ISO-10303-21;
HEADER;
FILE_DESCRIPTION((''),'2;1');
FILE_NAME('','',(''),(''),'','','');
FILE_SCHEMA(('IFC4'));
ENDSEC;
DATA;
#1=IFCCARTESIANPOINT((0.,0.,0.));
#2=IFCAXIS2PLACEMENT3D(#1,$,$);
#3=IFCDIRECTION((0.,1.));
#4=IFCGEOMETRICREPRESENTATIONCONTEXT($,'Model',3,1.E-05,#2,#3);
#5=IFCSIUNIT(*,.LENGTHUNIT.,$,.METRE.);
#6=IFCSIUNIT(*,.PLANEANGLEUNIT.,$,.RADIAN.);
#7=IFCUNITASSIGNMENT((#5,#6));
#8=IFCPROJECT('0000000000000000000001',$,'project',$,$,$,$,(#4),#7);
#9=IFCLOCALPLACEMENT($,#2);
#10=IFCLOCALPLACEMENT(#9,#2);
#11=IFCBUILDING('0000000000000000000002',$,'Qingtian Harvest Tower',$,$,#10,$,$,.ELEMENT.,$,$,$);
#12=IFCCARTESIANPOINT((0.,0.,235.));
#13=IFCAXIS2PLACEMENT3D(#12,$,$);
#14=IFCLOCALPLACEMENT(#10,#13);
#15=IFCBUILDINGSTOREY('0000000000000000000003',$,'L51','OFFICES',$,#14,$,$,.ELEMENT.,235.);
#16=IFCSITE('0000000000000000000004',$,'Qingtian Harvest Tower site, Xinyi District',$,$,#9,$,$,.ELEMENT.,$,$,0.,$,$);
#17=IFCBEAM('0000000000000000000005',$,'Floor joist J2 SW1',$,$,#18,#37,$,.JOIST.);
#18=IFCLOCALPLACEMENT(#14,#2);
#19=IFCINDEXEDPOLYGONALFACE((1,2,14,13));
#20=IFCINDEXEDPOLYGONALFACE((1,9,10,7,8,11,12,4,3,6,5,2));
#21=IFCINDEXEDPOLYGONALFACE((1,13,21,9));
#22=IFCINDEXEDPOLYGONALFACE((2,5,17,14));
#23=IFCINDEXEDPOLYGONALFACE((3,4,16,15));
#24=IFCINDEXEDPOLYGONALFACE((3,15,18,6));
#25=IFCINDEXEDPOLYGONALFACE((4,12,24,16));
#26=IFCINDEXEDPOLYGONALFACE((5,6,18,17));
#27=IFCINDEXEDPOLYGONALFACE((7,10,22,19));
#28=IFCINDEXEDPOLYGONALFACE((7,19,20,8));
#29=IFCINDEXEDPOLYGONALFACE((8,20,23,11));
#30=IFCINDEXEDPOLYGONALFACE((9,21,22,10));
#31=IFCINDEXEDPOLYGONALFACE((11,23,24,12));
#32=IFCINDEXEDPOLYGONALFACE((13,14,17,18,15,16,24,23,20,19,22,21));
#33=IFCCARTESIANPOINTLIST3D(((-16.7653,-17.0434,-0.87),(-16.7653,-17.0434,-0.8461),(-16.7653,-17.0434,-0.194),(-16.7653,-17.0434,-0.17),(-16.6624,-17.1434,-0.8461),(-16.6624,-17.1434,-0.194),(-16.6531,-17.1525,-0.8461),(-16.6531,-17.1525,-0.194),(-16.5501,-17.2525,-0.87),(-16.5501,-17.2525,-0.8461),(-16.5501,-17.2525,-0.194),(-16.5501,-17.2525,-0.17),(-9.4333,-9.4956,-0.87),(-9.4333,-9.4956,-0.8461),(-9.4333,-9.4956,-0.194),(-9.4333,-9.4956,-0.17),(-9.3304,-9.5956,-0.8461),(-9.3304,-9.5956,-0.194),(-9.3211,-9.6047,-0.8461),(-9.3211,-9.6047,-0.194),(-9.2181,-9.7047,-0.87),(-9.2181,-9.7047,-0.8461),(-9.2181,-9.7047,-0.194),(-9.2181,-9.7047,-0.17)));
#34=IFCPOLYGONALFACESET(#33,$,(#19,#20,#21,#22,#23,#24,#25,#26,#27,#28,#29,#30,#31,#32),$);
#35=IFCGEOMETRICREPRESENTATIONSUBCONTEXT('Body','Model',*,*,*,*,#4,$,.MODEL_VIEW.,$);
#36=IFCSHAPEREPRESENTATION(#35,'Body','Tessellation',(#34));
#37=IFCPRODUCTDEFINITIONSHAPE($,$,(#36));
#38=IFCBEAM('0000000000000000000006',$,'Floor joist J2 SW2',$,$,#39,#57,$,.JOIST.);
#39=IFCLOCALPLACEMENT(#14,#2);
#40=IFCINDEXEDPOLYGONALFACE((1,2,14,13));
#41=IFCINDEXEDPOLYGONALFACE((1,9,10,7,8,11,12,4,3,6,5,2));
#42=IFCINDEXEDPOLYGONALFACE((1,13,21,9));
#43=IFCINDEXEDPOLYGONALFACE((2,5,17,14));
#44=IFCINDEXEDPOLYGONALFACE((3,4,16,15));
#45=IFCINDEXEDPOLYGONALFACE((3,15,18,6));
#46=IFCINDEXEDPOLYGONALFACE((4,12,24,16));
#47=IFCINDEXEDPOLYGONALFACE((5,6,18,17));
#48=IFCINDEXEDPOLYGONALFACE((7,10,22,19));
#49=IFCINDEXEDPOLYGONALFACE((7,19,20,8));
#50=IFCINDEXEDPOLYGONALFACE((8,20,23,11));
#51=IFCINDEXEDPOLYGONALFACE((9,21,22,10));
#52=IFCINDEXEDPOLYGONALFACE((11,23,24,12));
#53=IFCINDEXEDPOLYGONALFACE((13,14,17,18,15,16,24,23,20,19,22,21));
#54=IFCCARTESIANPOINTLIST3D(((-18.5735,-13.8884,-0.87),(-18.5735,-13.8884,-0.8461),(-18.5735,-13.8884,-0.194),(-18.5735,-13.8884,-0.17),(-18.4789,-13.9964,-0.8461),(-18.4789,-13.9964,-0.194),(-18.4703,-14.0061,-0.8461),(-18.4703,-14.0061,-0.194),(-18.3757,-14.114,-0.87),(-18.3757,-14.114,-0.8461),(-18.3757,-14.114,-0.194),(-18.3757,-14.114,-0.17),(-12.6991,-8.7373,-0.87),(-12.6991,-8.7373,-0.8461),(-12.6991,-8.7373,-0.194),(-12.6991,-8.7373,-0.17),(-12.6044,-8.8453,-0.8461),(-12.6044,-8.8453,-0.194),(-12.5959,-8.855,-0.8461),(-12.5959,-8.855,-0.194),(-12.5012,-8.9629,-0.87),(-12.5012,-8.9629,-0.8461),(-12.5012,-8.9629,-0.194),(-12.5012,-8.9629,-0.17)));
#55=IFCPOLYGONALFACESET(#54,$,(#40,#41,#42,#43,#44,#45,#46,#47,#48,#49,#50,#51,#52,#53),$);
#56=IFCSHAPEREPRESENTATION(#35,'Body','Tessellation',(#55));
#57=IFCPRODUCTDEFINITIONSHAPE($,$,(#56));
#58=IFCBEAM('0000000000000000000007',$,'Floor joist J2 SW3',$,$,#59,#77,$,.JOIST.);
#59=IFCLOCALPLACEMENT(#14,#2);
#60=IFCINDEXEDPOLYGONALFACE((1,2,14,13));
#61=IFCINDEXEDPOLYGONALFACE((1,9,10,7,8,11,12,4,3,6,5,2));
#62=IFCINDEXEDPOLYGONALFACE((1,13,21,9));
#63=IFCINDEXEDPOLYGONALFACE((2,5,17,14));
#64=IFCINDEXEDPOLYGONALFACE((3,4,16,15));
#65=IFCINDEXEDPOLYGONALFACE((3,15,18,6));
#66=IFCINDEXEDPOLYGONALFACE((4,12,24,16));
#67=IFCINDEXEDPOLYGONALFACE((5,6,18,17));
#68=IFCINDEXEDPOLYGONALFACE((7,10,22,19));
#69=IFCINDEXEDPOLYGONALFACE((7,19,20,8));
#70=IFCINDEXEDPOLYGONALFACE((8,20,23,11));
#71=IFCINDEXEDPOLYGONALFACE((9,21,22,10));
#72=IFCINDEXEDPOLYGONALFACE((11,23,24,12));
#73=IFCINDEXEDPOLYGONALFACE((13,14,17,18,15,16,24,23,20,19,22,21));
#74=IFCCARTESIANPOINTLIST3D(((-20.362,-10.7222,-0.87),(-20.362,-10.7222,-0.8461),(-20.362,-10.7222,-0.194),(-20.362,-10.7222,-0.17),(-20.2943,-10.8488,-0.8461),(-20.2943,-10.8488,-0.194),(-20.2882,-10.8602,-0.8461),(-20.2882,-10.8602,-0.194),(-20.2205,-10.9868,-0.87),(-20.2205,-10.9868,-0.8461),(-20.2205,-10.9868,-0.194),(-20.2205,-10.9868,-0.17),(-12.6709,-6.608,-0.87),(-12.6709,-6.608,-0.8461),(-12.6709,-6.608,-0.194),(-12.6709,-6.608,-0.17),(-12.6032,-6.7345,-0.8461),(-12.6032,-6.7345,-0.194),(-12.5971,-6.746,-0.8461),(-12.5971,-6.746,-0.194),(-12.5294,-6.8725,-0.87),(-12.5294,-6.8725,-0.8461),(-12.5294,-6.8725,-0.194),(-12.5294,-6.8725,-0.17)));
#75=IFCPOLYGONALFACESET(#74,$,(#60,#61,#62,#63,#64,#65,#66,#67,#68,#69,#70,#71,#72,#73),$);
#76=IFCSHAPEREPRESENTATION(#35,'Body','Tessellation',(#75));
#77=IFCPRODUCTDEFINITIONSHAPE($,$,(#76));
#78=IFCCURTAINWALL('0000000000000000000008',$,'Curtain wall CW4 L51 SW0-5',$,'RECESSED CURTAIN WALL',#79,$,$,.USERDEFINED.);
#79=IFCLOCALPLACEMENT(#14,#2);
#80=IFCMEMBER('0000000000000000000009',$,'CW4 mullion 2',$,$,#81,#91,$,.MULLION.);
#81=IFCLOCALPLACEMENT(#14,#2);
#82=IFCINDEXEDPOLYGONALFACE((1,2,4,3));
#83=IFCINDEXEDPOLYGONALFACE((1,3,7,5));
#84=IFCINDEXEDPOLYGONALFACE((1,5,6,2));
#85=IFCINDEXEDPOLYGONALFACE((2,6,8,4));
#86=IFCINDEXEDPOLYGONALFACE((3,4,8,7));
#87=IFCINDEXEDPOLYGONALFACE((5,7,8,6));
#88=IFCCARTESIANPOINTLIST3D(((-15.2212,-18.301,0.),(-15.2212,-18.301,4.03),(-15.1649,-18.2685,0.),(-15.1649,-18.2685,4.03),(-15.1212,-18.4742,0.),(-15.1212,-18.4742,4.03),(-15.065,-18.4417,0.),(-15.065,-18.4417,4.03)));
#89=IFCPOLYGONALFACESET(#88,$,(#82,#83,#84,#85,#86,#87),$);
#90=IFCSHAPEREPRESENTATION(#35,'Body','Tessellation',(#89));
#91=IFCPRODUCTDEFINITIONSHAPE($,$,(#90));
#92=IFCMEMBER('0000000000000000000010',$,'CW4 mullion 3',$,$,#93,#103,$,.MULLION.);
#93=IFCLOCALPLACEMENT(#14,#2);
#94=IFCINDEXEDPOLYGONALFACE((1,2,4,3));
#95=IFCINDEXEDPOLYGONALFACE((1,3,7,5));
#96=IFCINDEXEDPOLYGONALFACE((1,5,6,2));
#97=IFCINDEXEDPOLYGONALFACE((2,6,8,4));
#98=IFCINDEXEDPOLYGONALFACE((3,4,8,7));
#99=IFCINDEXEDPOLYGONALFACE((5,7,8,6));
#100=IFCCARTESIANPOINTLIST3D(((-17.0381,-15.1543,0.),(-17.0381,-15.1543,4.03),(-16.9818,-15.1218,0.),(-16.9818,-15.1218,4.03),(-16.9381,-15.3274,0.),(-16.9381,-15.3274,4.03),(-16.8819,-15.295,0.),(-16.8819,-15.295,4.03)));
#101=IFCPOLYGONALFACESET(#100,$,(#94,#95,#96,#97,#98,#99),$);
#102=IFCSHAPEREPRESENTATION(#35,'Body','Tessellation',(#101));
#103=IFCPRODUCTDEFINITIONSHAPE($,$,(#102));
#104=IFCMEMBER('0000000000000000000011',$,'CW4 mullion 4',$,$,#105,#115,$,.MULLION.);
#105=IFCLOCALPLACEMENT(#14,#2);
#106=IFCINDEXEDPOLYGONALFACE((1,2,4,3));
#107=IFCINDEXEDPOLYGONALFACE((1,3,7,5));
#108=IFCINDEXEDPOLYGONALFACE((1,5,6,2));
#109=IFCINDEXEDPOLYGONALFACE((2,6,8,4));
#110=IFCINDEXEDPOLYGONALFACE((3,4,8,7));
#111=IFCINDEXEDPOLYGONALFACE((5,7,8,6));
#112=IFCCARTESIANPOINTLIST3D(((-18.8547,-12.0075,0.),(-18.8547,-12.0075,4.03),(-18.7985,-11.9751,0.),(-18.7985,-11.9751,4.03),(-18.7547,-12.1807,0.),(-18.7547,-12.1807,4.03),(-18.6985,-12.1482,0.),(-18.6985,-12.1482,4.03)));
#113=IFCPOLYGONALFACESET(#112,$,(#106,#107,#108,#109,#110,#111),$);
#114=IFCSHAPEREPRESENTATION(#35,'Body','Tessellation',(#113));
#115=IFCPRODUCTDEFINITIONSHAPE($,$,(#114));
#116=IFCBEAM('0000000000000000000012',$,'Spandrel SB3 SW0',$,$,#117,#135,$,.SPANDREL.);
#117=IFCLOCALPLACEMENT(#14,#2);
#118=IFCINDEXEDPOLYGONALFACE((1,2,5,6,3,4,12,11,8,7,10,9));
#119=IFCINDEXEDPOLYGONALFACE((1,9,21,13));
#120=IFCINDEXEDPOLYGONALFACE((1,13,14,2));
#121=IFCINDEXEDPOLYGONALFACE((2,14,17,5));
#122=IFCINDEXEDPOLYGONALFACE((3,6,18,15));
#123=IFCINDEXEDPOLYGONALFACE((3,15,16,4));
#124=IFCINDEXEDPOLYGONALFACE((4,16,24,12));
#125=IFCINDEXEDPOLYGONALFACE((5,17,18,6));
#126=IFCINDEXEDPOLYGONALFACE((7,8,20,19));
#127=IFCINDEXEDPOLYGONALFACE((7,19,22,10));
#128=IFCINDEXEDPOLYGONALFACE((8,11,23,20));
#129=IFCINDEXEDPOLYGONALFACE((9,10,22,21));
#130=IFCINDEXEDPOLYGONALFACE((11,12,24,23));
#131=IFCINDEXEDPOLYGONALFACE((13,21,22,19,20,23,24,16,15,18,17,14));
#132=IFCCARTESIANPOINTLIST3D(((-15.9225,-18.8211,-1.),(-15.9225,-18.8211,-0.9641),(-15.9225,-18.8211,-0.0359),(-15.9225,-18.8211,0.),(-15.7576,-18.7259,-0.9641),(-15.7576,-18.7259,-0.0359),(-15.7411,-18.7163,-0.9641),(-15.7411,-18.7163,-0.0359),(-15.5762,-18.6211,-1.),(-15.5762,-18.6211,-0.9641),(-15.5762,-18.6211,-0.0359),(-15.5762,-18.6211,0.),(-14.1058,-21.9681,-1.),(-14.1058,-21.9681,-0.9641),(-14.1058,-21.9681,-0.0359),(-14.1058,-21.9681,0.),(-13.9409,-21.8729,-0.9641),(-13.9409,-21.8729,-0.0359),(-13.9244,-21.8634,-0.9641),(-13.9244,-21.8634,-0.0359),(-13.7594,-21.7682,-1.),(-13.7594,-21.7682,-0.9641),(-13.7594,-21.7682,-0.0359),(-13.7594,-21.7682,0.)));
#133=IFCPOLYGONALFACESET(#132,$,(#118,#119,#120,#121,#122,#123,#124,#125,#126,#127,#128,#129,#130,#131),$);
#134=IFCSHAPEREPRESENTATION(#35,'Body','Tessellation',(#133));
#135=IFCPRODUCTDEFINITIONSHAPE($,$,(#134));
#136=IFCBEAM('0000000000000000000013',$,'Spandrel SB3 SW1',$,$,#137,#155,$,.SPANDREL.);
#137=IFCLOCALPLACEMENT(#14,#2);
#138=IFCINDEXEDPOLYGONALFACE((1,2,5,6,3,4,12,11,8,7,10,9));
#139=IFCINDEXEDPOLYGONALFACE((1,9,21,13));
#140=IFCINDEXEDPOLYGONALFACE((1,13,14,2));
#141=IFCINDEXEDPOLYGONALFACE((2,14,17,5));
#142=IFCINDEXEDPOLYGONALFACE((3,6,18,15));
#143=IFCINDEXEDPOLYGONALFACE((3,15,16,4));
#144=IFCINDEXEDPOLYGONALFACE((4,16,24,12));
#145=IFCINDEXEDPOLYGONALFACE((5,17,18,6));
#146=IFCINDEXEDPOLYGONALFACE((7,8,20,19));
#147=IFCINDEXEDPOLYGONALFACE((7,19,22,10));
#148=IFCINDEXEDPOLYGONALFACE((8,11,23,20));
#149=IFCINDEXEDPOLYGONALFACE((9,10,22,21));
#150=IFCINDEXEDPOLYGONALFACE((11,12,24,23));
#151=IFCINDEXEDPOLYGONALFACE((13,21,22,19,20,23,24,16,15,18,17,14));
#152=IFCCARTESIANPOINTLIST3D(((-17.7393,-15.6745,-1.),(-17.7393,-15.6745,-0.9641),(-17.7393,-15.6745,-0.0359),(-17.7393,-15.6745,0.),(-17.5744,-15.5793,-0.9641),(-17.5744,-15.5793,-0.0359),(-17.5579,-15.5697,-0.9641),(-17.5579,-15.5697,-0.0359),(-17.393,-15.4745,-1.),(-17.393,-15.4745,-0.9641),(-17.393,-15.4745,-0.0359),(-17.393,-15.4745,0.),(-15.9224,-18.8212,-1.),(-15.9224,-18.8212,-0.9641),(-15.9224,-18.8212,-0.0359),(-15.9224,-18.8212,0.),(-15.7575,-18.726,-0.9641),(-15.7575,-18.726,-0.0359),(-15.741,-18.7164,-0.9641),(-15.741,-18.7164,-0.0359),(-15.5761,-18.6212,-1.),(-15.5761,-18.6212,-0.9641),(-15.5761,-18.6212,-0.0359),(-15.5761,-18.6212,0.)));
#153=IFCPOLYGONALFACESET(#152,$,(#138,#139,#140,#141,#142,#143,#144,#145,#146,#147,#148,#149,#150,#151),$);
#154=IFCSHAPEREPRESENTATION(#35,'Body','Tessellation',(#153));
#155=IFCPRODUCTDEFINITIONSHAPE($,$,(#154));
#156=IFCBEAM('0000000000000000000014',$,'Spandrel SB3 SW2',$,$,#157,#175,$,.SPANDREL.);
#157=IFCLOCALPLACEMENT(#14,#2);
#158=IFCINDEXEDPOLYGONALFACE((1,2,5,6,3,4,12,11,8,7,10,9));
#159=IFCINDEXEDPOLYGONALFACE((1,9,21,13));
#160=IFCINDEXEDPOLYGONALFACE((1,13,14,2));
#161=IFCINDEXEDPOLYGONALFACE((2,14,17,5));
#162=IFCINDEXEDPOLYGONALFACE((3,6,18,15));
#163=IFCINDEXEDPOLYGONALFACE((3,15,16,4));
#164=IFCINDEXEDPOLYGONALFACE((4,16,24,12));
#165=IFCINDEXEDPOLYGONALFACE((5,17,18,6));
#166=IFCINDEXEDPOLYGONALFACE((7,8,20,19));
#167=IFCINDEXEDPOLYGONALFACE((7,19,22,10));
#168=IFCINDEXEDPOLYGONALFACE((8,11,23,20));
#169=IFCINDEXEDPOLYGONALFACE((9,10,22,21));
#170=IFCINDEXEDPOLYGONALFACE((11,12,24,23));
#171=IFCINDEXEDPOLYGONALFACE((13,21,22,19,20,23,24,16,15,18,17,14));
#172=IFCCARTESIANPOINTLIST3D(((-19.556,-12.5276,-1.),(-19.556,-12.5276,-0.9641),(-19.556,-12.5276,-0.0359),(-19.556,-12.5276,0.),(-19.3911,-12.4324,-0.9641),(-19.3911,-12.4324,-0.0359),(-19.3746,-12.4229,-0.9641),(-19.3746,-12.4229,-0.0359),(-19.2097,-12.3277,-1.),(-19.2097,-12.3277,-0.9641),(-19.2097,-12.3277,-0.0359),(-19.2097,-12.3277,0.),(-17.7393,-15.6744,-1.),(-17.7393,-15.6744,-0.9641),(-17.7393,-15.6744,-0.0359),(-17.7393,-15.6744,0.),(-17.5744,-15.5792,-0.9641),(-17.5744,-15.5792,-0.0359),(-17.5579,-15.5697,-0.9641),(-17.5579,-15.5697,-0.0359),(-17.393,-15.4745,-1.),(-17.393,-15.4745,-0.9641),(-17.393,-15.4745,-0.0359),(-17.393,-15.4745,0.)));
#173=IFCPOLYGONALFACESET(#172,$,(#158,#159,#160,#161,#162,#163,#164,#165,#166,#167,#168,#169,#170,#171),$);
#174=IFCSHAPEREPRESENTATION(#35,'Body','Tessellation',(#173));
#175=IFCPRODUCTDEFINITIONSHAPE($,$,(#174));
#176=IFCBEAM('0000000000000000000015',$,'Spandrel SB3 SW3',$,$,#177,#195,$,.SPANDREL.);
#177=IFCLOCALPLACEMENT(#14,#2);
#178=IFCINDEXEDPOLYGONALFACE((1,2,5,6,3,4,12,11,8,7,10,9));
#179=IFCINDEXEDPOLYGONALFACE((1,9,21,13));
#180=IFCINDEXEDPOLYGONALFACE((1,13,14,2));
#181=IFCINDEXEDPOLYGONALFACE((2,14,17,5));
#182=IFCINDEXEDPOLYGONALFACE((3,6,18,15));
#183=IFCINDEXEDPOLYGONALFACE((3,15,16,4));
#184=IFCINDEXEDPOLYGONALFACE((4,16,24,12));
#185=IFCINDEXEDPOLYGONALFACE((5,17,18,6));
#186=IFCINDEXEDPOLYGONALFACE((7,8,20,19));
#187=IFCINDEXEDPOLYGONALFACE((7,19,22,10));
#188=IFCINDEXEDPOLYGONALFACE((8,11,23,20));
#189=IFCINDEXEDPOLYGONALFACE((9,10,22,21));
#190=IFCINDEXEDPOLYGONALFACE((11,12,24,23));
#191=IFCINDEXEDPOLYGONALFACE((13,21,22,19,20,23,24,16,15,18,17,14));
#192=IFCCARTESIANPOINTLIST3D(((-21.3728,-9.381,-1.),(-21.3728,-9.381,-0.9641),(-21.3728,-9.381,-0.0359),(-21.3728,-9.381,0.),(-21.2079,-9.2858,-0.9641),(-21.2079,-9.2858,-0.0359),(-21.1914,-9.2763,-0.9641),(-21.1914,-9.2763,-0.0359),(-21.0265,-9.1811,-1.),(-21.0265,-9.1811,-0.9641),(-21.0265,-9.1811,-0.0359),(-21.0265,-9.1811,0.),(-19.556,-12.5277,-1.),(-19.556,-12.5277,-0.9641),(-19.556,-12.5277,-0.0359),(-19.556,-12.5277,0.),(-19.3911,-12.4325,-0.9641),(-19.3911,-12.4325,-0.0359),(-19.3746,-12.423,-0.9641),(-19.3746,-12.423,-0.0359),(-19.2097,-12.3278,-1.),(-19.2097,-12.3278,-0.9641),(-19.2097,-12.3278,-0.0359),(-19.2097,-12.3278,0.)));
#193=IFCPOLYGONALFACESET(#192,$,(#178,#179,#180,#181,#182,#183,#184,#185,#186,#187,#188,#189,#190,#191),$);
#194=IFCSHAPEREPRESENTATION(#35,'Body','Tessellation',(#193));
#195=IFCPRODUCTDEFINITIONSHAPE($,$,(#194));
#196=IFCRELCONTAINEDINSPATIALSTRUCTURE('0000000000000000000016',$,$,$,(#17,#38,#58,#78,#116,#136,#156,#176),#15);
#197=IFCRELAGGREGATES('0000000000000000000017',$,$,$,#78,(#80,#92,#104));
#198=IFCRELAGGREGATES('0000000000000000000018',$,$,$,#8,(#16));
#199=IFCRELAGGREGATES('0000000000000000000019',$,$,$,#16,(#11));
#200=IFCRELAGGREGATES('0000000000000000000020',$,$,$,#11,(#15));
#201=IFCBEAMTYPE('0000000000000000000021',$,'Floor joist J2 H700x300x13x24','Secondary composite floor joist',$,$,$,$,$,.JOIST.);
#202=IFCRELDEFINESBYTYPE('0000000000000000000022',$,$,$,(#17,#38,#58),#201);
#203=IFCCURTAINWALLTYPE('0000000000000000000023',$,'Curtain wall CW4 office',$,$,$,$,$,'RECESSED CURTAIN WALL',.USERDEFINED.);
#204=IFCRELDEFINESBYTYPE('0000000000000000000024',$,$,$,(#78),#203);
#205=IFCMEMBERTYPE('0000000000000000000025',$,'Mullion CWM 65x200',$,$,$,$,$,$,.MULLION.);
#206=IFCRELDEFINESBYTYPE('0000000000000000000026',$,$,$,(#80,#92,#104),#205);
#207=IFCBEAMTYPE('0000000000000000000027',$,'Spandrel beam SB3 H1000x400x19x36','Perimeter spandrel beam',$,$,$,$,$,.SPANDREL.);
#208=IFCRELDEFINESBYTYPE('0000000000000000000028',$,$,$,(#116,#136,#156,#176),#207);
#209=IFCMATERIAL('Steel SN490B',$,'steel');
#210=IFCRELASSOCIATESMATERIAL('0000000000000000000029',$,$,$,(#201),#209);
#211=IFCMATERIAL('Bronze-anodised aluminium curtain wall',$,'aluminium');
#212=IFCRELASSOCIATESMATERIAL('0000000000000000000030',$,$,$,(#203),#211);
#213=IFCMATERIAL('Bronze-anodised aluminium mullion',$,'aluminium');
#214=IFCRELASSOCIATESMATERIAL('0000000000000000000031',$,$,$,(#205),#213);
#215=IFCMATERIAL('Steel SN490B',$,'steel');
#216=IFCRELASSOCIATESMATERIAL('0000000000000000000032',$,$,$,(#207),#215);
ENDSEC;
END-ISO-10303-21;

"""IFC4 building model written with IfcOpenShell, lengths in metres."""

from ifc_helpers import new_model, si_unit, direction, frame, origin, origin_2d, place, context, subcontext, project, spatial, rectangle, i_section, extrude, material, material_profile, profile_set, type_object, element, aggregate, save


model = new_model("IFC4")

# Units and contexts
model_context = context("Model", 3, precision=1e-05, world=origin(), true_north=direction((0.0, 1.0)))
body_context = subcontext(model_context, "Body", "Model", "MODEL_VIEW")
ifc_project = project(units=[si_unit("LENGTHUNIT", "METRE"), si_unit("PLANEANGLEUNIT", "RADIAN")], contexts=[model_context])

# Site, building, storey
site_placement = place(None, origin())
site = spatial("IfcSite", under=ifc_project, at=site_placement, Name="Qingtian Harvest Tower site, Xinyi District", CompositionType="ELEMENT", RefElevation=0.0)
building_placement = place(site_placement, origin())
building = spatial("IfcBuilding", under=site, at=building_placement, Name="Qingtian Harvest Tower", CompositionType="ELEMENT")
storey_placement = place(building_placement, frame((0.0, 0.0, 235.0)))
storey = spatial("IfcBuildingStorey", under=building, at=storey_placement, Name="L51", Description="OFFICES", CompositionType="ELEMENT", Elevation=235.0)

# Beams
ifc_material_1 = material(Name="Steel SN490B", Category="steel")
ifc_material_profile_1 = material_profile(ifc_material_1, i_section(OverallWidth=0.3, OverallDepth=0.7, WebThickness=0.0129, FlangeThickness=0.0239, at=origin_2d()), Name="H700x300x13x24")
ifc_profile_set_1 = profile_set([ifc_material_profile_1], Name="Steel SN490B")
beam_type_1 = type_object("IfcBeamType", Name="Floor joist J2 H700x300x13x24", Description="Secondary composite floor joist", PredefinedType="JOIST", material=ifc_profile_set_1)
beam_1_placement = place(storey_placement, frame((-16.6577, -17.1479, -0.52), z_axis=(0.696777, 0.717287, 0.0), x_axis=(-0.717287, 0.696777, 0.0)))
element("IfcBeam", 1, at=beam_1_placement, inside=storey, type_object=beam_type_1, Name="Floor joist J2 SW1", PredefinedType="JOIST", context=body_context, shape_type="SweptSolid", body=[
    extrude(i_section(OverallWidth=0.3, OverallDepth=0.7, WebThickness=0.0129, FlangeThickness=0.0239, at=origin_2d()), origin(), (0.0, 0.0, 1.0), 10.5227),
])
beam_2_placement = place(storey_placement, frame((-18.4746, -14.0012, -0.52), z_axis=(0.751883, 0.659296, 0.0), x_axis=(-0.659296, 0.751883, 0.0)))
element("IfcBeam", 2, at=beam_2_placement, inside=storey, type_object=beam_type_1, Name="Floor joist J2 SW2", PredefinedType="JOIST", context=body_context, shape_type="SweptSolid", body=[
    extrude(i_section(OverallWidth=0.3, OverallDepth=0.7, WebThickness=0.0129, FlangeThickness=0.0239, at=origin_2d()), origin(), (0.0, 0.0, 1.0), 7.813),
])
beam_3_placement = place(storey_placement, frame((-20.2913, -10.8545, -0.52), z_axis=(0.881767, 0.471686, 0.0), x_axis=(-0.471686, 0.881767, 0.0)))
element("IfcBeam", 3, at=beam_3_placement, inside=storey, type_object=beam_type_1, Name="Floor joist J2 SW3", PredefinedType="JOIST", context=body_context, shape_type="SweptSolid", body=[
    extrude(i_section(OverallWidth=0.3, OverallDepth=0.7, WebThickness=0.0129, FlangeThickness=0.0239, at=origin_2d()), origin(), (0.0, 0.0, 1.0), 8.7224),
])

# Curtain wall, members
ifc_material_2 = material(Name="Bronze-anodised aluminium curtain wall", Category="aluminium")
curtain_wall_type = type_object("IfcCurtainWallType", Name="Curtain wall CW4 office", ElementType="RECESSED CURTAIN WALL", PredefinedType="USERDEFINED", material=ifc_material_2)
curtain_wall_placement = place(storey_placement, origin())
curtain_wall = element("IfcCurtainWall", 4, at=curtain_wall_placement, inside=storey, type_object=curtain_wall_type, Name="Curtain wall CW4 L51 SW0-5", ObjectType="RECESSED CURTAIN WALL", PredefinedType="USERDEFINED")
ifc_material_3 = material(Name="Bronze-anodised aluminium mullion", Category="aluminium")
ifc_material_profile_2 = material_profile(ifc_material_3, rectangle(XDim=0.0649, YDim=0.2, at=origin_2d()), Name="AL 65x200")
ifc_profile_set_2 = profile_set([ifc_material_profile_2], Name="Bronze-anodised aluminium mullion")
member_type_1 = type_object("IfcMemberType", Name="Mullion CWM 65x200", PredefinedType="MULLION", material=ifc_profile_set_2)
member_1_placement = place(storey_placement, frame((-15.1431, -18.3713, 0.0), z_axis=(0.0, 0.0, 1.0), x_axis=(-0.866025, -0.5, 0.0)))
member_1 = element("IfcMember", 5, at=member_1_placement, type_object=member_type_1, Name="CW4 mullion 2", PredefinedType="MULLION", context=body_context, shape_type="SweptSolid", body=[
    extrude(rectangle(XDim=0.0649, YDim=0.2, at=origin_2d()), origin(), (0.0, 0.0, 1.0), 4.03),
])
member_2_placement = place(storey_placement, frame((-16.96, -15.2246, 0.0), z_axis=(0.0, 0.0, 1.0), x_axis=(-0.866025, -0.5, 0.0)))
member_2 = element("IfcMember", 6, at=member_2_placement, type_object=member_type_1, Name="CW4 mullion 3", PredefinedType="MULLION", context=body_context, shape_type="SweptSolid", body=[
    extrude(rectangle(XDim=0.0649, YDim=0.2, at=origin_2d()), origin(), (0.0, 0.0, 1.0), 4.03),
])
member_3_placement = place(storey_placement, frame((-18.7766, -12.0779, 0.0), z_axis=(0.0, 0.0, 1.0), x_axis=(-0.866025, -0.5, 0.0)))
member_3 = element("IfcMember", 7, at=member_3_placement, type_object=member_type_1, Name="CW4 mullion 4", PredefinedType="MULLION", context=body_context, shape_type="SweptSolid", body=[
    extrude(rectangle(XDim=0.0649, YDim=0.2, at=origin_2d()), origin(), (0.0, 0.0, 1.0), 4.03),
])

# Beams
ifc_material_4 = material(Name="Steel SN490B", Category="steel")
ifc_material_profile_3 = material_profile(ifc_material_4, i_section(OverallWidth=0.3999, OverallDepth=1.0, WebThickness=0.019, FlangeThickness=0.0359, at=origin_2d()), Name="H1000x400x19x36")
ifc_profile_set_3 = profile_set([ifc_material_profile_3], Name="Steel SN490B")
beam_type_2 = type_object("IfcBeamType", Name="Spandrel beam SB3 H1000x400x19x36", Description="Perimeter spandrel beam", PredefinedType="SPANDREL", material=ifc_profile_set_3)
beam_4_placement = place(storey_placement, frame((-13.9326, -21.8682, -0.5), z_axis=(-0.499947, 0.866056, 0.0), x_axis=(-0.866056, -0.499947, 0.0)))
element("IfcBeam", 8, at=beam_4_placement, inside=storey, type_object=beam_type_2, Name="Spandrel SB3 SW0", PredefinedType="SPANDREL", context=body_context, shape_type="SweptSolid", body=[
    extrude(i_section(OverallWidth=0.3999, OverallDepth=1.0, WebThickness=0.019, FlangeThickness=0.0359, at=origin_2d()), origin(), (0.0, 0.0, 1.0), 3.6338),
])
for number, where, z_axis, x_axis, name in (
    (9, (-15.7493, -18.7212, -0.5), (-0.500027, 0.86601, 0.0), (-0.86601, -0.500027, 0.0), "Spandrel SB3 SW1"),
    (10, (-17.5662, -15.5745, -0.5), (-0.499976, 0.866039, 0.0), (-0.866039, -0.499976, 0.0), "Spandrel SB3 SW2"),
    (11, (-19.3828, -12.4277, -0.5), (-0.500027, 0.86601, 0.0), (-0.86601, -0.500027, 0.0), "Spandrel SB3 SW3"),
):
    element("IfcBeam", number, at=place(storey_placement, frame(where, z_axis=z_axis, x_axis=x_axis)), inside=storey, type_object=beam_type_2, Name=name, PredefinedType="SPANDREL", context=body_context, shape_type="SweptSolid", body=[
        extrude(i_section(OverallWidth=0.3999, OverallDepth=1.0, WebThickness=0.019, FlangeThickness=0.0359, at=origin_2d()), origin(), (0.0, 0.0, 1.0), 3.6335),
    ])

aggregate(curtain_wall, [member_1, member_2, member_3])

save(model, "model.ifc")
